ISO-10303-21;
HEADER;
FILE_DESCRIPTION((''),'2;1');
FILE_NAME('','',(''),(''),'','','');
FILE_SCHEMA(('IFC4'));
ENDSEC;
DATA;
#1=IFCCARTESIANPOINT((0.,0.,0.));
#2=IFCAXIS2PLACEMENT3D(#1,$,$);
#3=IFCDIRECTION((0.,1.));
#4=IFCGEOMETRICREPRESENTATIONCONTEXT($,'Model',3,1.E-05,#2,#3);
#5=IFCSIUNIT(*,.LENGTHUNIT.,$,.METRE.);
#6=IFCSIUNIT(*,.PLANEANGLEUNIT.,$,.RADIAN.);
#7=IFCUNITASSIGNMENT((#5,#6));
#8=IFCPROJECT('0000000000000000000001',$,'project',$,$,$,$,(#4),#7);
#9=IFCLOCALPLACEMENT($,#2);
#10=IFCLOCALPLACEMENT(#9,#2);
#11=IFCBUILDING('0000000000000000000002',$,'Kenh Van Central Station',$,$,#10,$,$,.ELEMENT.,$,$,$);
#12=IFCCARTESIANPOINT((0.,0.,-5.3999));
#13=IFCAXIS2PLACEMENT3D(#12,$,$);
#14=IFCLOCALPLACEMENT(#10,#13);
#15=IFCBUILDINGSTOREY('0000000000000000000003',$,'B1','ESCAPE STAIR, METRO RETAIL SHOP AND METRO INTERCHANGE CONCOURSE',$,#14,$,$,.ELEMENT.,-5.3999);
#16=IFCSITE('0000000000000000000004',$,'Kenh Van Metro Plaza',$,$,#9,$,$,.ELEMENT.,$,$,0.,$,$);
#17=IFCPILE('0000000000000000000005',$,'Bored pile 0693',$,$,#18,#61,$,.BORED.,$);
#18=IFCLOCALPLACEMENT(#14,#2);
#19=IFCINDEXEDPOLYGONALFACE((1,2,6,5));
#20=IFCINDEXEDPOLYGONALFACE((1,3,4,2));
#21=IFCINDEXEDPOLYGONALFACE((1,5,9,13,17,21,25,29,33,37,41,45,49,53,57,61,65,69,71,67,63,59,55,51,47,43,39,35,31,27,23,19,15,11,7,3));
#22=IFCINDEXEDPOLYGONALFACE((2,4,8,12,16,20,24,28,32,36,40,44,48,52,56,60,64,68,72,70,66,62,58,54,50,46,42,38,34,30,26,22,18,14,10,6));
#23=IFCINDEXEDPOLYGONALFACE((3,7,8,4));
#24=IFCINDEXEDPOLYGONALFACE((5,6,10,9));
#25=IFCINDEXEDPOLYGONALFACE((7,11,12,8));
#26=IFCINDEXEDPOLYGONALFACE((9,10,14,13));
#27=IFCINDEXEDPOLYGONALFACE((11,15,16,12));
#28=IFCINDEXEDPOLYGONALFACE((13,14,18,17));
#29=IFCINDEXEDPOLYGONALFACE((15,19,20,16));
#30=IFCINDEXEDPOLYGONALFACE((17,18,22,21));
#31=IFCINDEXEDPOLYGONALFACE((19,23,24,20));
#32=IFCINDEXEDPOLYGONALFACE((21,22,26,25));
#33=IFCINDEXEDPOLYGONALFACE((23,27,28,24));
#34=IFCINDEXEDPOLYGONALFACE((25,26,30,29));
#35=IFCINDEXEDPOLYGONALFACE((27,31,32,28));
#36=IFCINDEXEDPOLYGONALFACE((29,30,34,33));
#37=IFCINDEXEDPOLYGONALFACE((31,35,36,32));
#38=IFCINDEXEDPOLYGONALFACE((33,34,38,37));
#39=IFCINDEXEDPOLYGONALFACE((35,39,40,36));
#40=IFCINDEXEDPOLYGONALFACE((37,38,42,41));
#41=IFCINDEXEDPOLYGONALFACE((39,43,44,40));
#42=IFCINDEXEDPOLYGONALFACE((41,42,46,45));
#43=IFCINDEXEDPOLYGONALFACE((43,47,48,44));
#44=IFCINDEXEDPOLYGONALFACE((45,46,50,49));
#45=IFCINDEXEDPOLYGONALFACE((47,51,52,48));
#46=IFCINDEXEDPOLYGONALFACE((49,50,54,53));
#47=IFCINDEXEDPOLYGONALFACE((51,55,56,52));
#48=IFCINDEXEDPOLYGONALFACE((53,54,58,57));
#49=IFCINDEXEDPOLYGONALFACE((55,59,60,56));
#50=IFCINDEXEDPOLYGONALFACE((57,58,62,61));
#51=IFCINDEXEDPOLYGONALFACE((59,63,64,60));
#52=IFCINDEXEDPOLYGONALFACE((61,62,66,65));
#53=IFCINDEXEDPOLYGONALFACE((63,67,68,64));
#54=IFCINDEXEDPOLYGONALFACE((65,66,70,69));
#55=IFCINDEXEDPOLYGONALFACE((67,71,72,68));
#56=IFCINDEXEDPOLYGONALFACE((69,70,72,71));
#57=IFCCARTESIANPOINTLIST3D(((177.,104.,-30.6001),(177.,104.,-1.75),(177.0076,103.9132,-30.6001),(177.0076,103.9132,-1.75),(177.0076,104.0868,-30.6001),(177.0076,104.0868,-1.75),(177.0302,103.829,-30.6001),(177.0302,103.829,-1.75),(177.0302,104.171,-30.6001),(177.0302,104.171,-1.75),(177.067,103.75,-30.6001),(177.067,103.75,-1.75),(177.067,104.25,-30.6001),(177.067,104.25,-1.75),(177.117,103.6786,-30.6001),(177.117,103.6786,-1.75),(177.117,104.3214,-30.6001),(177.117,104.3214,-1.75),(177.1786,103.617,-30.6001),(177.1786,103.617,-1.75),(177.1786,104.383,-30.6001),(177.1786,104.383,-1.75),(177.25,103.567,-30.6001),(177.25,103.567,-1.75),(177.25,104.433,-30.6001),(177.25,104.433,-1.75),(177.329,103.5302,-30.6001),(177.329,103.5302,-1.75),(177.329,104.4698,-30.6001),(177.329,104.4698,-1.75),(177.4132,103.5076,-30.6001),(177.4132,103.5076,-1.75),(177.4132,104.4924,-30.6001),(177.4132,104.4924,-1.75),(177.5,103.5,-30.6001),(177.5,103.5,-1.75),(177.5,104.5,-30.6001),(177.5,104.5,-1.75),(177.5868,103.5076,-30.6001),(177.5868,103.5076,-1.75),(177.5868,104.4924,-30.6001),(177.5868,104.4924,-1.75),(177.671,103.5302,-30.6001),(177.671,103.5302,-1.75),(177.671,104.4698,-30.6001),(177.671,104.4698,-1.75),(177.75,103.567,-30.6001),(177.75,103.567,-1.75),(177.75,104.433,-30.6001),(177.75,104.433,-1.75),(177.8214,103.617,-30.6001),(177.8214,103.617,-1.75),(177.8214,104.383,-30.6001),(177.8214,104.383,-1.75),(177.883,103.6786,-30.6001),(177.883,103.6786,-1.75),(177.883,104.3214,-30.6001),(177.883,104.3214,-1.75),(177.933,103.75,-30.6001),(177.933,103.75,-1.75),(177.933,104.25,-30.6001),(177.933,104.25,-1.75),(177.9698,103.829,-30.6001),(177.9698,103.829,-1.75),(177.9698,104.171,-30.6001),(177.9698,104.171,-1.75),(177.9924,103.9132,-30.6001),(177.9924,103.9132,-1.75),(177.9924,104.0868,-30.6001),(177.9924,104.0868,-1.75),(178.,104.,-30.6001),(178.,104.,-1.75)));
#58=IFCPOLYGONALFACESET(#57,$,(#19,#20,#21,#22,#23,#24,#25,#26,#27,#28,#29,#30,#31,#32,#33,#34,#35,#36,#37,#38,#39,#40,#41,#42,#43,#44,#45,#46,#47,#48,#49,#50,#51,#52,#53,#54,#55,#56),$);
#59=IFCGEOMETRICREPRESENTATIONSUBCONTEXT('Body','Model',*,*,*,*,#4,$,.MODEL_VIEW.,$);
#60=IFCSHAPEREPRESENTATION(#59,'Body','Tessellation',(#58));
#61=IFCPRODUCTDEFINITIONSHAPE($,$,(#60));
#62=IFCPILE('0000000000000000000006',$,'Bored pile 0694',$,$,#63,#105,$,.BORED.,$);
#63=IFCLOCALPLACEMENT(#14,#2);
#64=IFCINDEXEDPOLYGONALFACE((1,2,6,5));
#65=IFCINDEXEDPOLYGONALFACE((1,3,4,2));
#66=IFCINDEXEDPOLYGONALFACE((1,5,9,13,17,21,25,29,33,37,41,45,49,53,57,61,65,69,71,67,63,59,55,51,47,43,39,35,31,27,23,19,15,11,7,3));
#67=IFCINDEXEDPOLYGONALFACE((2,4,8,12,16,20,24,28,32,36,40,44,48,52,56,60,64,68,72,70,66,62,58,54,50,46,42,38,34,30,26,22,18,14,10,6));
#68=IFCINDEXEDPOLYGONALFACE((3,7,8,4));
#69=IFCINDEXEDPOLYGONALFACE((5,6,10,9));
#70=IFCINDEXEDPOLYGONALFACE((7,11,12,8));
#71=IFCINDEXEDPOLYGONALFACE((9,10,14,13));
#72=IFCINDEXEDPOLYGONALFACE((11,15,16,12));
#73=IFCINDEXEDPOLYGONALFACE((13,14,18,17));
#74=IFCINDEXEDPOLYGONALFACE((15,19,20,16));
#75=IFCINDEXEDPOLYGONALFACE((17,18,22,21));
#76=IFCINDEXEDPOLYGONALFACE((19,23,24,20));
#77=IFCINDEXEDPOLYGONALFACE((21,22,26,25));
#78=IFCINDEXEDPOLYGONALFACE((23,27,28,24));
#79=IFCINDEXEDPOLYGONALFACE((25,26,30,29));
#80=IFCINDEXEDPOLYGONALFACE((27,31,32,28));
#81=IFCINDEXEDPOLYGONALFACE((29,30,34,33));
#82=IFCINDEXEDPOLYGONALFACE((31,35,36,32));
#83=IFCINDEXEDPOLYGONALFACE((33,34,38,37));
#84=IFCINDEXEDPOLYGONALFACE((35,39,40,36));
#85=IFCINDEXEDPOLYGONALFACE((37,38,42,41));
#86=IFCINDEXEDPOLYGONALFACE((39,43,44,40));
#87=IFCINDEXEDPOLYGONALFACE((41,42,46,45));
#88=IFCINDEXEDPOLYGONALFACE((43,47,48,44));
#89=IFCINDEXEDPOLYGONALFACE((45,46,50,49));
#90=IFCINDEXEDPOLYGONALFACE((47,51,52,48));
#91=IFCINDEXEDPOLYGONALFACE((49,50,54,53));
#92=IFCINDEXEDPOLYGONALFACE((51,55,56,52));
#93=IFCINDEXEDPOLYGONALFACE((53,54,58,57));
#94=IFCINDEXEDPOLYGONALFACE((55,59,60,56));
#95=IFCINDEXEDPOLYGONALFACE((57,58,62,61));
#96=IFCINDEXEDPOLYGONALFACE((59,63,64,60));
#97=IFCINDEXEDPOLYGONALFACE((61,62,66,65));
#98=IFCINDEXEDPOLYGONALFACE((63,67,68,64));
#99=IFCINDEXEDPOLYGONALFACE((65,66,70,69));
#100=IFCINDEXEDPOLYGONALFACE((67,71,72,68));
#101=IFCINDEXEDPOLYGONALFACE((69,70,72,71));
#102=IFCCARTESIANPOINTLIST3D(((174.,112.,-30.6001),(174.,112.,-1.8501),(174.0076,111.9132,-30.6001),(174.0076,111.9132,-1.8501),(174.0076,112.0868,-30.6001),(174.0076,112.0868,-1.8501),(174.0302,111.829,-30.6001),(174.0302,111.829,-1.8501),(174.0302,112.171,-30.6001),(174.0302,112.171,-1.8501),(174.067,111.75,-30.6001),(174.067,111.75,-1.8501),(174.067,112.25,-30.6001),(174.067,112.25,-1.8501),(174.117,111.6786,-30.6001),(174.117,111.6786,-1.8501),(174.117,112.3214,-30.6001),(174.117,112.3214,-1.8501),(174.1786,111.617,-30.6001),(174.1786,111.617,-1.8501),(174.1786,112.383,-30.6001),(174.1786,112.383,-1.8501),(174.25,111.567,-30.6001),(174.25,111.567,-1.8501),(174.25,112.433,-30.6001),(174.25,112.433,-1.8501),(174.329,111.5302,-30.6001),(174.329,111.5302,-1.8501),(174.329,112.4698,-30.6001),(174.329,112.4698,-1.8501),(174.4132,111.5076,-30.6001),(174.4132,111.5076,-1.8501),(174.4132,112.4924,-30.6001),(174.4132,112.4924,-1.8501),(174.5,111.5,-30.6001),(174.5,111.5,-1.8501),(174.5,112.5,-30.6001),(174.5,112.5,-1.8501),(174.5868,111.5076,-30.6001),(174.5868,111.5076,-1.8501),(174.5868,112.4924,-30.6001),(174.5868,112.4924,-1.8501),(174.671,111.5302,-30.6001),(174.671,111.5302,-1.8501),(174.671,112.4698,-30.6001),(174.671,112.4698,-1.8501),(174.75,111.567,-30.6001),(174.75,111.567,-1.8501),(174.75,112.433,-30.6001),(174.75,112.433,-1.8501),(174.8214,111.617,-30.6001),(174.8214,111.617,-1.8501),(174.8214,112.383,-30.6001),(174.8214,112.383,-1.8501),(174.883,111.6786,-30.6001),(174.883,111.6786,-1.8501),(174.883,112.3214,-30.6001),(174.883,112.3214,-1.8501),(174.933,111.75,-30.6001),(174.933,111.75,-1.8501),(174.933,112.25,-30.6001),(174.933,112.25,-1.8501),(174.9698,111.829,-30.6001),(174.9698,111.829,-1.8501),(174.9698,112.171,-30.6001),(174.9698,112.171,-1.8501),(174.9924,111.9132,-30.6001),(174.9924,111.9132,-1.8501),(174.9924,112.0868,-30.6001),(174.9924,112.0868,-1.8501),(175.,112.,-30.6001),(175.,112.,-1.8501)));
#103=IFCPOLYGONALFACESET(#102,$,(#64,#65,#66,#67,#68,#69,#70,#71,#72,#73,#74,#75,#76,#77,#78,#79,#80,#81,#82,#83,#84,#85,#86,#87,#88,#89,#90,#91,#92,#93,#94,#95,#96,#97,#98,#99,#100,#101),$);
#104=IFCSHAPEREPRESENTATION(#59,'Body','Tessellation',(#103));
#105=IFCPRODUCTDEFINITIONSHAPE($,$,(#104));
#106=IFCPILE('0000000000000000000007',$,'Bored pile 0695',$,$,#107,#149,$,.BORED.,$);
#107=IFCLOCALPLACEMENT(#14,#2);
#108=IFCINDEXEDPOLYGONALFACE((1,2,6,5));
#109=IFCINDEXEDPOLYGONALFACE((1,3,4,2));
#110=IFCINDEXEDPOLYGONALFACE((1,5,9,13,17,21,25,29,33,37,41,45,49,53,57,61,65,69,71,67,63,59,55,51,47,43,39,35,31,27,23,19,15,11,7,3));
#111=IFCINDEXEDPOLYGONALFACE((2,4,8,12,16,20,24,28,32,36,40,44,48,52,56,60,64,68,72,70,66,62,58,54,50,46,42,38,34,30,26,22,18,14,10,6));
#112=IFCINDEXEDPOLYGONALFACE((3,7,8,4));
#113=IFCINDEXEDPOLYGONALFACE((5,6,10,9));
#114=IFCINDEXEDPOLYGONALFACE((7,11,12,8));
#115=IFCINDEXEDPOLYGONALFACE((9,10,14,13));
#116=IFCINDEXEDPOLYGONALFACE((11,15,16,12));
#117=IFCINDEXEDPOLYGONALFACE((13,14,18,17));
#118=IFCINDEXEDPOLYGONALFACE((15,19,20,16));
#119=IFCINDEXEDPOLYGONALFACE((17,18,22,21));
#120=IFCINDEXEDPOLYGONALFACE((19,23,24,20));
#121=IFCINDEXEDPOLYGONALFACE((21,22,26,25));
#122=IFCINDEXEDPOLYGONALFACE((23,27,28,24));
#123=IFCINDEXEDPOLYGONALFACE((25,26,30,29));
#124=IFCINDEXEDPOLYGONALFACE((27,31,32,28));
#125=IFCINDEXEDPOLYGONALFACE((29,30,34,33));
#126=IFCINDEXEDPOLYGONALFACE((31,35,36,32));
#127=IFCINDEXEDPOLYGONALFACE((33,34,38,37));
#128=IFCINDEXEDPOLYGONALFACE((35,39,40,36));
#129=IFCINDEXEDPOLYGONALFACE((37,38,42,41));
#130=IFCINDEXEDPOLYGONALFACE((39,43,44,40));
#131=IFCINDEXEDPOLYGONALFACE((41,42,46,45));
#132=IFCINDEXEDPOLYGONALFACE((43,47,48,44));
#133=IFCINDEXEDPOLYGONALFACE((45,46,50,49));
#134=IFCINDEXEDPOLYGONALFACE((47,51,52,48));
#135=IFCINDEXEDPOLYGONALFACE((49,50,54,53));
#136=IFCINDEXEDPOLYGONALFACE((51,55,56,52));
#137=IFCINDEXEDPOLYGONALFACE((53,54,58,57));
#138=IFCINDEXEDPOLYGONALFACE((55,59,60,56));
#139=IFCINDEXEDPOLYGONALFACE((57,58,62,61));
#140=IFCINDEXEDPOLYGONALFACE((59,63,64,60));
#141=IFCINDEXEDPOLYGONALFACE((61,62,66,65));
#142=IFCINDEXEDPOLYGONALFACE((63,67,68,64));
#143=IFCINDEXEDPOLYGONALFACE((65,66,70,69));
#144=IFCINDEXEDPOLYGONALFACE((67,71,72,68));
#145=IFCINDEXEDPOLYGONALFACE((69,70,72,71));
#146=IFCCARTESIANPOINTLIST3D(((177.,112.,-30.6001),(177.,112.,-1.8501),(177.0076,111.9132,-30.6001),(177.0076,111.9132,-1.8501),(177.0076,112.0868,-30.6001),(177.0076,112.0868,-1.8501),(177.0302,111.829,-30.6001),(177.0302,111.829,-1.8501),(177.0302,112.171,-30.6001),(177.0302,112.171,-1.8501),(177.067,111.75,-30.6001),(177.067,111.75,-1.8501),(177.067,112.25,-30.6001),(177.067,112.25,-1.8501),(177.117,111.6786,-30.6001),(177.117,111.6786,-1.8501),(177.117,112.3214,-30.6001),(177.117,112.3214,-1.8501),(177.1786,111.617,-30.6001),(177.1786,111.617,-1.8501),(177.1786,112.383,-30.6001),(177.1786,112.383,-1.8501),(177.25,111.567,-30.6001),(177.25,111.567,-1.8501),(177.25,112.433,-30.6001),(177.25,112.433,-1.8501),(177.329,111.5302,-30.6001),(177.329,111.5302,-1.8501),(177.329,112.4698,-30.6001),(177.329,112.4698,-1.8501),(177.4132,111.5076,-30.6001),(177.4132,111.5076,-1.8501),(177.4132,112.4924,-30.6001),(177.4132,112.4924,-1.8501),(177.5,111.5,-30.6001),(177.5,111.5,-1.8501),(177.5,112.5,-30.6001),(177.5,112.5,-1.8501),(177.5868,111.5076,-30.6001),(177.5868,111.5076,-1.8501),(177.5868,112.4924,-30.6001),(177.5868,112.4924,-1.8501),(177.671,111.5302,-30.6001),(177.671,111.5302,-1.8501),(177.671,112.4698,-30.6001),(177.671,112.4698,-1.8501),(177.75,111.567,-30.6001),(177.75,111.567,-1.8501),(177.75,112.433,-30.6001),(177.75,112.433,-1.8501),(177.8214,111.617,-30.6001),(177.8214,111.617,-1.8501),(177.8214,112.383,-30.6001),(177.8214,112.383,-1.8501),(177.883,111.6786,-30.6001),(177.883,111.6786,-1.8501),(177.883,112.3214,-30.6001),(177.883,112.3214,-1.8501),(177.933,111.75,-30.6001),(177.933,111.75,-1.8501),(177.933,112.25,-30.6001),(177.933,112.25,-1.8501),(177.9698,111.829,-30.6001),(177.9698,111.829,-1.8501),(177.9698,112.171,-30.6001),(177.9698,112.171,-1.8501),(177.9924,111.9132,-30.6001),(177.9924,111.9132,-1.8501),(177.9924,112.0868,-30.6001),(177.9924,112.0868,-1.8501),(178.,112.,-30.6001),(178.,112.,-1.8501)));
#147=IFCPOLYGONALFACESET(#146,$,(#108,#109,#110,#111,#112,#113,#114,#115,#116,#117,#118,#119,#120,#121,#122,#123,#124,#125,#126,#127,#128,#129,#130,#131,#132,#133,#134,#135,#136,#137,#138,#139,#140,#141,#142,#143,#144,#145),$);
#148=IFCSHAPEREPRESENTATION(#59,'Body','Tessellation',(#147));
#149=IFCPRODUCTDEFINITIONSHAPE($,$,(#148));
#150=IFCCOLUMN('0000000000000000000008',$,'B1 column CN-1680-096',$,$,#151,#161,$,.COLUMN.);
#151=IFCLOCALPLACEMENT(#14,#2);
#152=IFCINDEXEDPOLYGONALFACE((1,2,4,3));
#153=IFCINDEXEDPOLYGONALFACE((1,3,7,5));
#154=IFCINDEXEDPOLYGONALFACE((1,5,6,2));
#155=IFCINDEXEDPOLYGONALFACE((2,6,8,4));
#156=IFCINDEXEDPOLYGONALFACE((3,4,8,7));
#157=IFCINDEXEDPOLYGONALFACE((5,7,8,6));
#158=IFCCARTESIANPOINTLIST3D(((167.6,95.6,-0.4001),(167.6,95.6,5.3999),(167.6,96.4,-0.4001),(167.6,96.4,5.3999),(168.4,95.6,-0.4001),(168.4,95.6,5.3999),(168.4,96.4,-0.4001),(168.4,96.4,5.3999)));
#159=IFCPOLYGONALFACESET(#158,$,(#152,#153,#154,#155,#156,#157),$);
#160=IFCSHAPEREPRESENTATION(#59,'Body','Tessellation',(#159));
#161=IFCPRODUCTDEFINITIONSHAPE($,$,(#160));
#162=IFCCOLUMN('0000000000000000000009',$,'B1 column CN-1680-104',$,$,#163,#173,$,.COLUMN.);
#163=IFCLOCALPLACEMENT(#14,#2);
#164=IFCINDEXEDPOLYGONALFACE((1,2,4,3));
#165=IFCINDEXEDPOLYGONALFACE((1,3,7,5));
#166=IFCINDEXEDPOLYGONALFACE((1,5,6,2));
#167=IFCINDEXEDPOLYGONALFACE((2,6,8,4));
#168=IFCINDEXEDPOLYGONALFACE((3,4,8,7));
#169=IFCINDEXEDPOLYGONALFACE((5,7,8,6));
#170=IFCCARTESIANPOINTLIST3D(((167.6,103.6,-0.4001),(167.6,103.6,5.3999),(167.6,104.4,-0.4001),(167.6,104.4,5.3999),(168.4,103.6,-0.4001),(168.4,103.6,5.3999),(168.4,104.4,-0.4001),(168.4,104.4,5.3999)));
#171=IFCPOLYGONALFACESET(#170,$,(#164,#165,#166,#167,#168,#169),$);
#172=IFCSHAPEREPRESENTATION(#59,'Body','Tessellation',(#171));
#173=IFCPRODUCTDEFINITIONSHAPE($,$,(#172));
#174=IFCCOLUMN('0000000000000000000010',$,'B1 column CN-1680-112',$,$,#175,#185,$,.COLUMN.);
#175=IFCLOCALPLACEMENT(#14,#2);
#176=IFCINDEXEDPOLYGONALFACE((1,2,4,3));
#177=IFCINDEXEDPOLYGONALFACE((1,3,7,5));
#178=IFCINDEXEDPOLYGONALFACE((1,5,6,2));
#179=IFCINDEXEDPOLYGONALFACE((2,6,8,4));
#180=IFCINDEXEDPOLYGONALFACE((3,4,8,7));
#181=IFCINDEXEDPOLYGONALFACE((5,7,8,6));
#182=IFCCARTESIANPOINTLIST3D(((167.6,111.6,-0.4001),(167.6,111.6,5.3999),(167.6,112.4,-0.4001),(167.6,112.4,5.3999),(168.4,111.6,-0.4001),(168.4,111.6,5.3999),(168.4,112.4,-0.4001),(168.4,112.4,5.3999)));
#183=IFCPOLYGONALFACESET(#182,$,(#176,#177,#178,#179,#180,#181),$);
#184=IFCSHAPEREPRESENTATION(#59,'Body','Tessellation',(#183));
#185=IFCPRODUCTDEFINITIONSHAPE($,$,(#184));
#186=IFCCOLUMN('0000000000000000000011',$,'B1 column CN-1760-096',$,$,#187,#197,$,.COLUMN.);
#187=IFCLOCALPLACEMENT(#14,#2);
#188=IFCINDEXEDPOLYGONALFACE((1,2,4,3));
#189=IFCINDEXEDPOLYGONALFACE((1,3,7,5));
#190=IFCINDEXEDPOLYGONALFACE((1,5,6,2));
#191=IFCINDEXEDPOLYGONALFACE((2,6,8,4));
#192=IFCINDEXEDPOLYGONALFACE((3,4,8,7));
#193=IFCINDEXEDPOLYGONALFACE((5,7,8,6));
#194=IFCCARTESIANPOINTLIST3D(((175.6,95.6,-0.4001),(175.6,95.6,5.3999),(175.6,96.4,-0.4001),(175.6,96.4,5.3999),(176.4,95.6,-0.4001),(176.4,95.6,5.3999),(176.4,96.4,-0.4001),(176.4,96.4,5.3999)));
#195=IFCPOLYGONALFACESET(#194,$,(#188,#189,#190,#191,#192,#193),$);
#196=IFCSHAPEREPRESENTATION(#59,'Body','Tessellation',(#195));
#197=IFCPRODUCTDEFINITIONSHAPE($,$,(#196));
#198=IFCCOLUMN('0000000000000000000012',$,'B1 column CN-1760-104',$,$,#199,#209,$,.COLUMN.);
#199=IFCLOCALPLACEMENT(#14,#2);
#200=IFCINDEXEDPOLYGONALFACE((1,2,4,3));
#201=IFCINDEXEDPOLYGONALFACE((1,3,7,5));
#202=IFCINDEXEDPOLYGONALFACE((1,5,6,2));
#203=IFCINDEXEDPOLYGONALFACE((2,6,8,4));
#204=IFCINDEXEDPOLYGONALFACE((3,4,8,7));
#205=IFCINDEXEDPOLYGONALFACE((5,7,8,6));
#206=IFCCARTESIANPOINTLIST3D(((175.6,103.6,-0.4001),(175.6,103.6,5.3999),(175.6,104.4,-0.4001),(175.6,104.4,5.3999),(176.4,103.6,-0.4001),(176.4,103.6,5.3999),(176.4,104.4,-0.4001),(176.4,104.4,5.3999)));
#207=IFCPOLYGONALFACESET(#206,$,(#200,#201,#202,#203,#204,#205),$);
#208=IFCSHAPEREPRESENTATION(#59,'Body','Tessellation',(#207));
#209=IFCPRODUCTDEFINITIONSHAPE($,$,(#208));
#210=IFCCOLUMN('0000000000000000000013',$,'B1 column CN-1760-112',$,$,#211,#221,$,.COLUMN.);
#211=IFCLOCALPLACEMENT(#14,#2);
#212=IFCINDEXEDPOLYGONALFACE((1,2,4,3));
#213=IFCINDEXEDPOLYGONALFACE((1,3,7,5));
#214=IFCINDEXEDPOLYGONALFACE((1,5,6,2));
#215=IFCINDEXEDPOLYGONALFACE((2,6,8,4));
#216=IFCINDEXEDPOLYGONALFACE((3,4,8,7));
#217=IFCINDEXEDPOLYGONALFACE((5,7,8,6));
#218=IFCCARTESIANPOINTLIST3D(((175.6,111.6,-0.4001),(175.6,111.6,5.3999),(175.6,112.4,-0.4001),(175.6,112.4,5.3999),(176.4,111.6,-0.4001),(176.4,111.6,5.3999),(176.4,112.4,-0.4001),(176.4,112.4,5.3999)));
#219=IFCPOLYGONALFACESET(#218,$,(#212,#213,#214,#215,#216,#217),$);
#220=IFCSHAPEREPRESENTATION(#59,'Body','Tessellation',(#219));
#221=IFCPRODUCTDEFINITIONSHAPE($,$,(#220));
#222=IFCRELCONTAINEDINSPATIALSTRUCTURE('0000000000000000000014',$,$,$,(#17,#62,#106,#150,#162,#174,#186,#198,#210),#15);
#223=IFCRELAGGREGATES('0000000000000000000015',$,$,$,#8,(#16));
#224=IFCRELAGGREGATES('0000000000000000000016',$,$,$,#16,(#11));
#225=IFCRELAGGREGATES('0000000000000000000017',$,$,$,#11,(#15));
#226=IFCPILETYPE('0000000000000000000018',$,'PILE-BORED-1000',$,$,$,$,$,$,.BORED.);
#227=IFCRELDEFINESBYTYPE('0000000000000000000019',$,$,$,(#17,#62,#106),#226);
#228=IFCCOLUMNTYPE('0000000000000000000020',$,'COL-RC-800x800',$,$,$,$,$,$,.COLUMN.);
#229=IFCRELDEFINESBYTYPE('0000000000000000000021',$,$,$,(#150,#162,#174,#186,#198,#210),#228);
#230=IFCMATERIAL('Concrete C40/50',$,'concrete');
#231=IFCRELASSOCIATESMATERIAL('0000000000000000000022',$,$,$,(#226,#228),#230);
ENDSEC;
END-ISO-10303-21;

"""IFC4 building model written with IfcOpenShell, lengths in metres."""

from ifc_helpers import new_model, si_unit, direction, frame, origin, origin_2d, place, context, subcontext, project, spatial, rectangle, circle, extrude, material, material_profile, profile_set, type_object, element, save


model = new_model("IFC4")

# Units and contexts
model_context = context("Model", 3, precision=1e-05, world=origin(), true_north=direction((0.0, 1.0)))
body_context = subcontext(model_context, "Body", "Model", "MODEL_VIEW")
ifc_project = project(units=[si_unit("LENGTHUNIT", "METRE"), si_unit("PLANEANGLEUNIT", "RADIAN")], contexts=[model_context])

# Site, building, storey
site_placement = place(None, origin())
site = spatial("IfcSite", under=ifc_project, at=site_placement, Name="Kenh Van Metro Plaza", CompositionType="ELEMENT", RefElevation=0.0)
building_placement = place(site_placement, origin())
building = spatial("IfcBuilding", under=site, at=building_placement, Name="Kenh Van Central Station", CompositionType="ELEMENT")
storey_placement = place(building_placement, frame((0.0, 0.0, -5.3999)))
storey = spatial("IfcBuildingStorey", under=building, at=storey_placement, Name="B1", Description="ESCAPE STAIR, METRO RETAIL SHOP AND METRO INTERCHANGE CONCOURSE", CompositionType="ELEMENT", Elevation=-5.3999)

# Shared definitions
ifc_material_1 = material(Name="Concrete C40/50", Category="concrete")

# Piles
ifc_material_profile_1 = material_profile(ifc_material_1, circle(Radius=0.5, at=origin_2d()), Name="PILE D1000")
ifc_profile_set_1 = profile_set([ifc_material_profile_1], Name="Concrete C40/50")
pile_type = type_object("IfcPileType", Name="PILE-BORED-1000", PredefinedType="BORED", material=ifc_profile_set_1)
for number, where, z_axis, x_axis, name in (
    (1, (177.5, 104.0, -1.75), (0.0, 0.0, -1.0), (1.0, 0.0, 0.0), "Bored pile 0693"),
):
    element("IfcPile", number, at=place(storey_placement, frame(where, z_axis=z_axis, x_axis=x_axis)), inside=storey, type_object=pile_type, Name=name, PredefinedType="BORED", context=body_context, shape_type="SweptSolid", body=[
        extrude(circle(Radius=0.5, at=origin_2d()), origin(), (0.0, 0.0, 1.0), 28.8501),
    ])
for number, where, z_axis, x_axis, name in (
    (2, (174.5, 112.0, -1.8501), (0.0, 0.0, -1.0), (1.0, 0.0, 0.0), "Bored pile 0694"),
    (3, (177.5, 112.0, -1.8501), (0.0, 0.0, -1.0), (1.0, 0.0, 0.0), "Bored pile 0695"),
):
    element("IfcPile", number, at=place(storey_placement, frame(where, z_axis=z_axis, x_axis=x_axis)), inside=storey, type_object=pile_type, Name=name, PredefinedType="BORED", context=body_context, shape_type="SweptSolid", body=[
        extrude(circle(Radius=0.5, at=origin_2d()), origin(), (0.0, 0.0, 1.0), 28.75),
    ])

# Columns
ifc_material_profile_2 = material_profile(ifc_material_1, rectangle(XDim=0.8, YDim=0.8, at=origin_2d()), Name="RC 800x800")
ifc_profile_set_2 = profile_set([ifc_material_profile_2], Name="Concrete C40/50")
column_type = type_object("IfcColumnType", Name="COL-RC-800x800", PredefinedType="COLUMN", material=ifc_profile_set_2)
for number, where, z_axis, x_axis, name in (
    (4, (168.0, 96.0, -0.4001), (0.0, 0.0, 1.0), (1.0, 0.0, 0.0), "B1 column CN-1680-096"),
    (5, (168.0, 104.0, -0.4001), (0.0, 0.0, 1.0), (1.0, 0.0, 0.0), "B1 column CN-1680-104"),
    (6, (168.0, 112.0, -0.4001), (0.0, 0.0, 1.0), (1.0, 0.0, 0.0), "B1 column CN-1680-112"),
    (7, (176.0, 96.0, -0.4001), (0.0, 0.0, 1.0), (1.0, 0.0, 0.0), "B1 column CN-1760-096"),
    (8, (176.0, 104.0, -0.4001), (0.0, 0.0, 1.0), (1.0, 0.0, 0.0), "B1 column CN-1760-104"),
    (9, (176.0, 112.0, -0.4001), (0.0, 0.0, 1.0), (1.0, 0.0, 0.0), "B1 column CN-1760-112"),
):
    element("IfcColumn", number, at=place(storey_placement, frame(where, z_axis=z_axis, x_axis=x_axis)), inside=storey, type_object=column_type, Name=name, PredefinedType="COLUMN", context=body_context, shape_type="SweptSolid", body=[
        extrude(rectangle(XDim=0.8, YDim=0.8, at=origin_2d()), origin(), (0.0, 0.0, 1.0), 5.8),
    ])

save(model, "model.ifc")
